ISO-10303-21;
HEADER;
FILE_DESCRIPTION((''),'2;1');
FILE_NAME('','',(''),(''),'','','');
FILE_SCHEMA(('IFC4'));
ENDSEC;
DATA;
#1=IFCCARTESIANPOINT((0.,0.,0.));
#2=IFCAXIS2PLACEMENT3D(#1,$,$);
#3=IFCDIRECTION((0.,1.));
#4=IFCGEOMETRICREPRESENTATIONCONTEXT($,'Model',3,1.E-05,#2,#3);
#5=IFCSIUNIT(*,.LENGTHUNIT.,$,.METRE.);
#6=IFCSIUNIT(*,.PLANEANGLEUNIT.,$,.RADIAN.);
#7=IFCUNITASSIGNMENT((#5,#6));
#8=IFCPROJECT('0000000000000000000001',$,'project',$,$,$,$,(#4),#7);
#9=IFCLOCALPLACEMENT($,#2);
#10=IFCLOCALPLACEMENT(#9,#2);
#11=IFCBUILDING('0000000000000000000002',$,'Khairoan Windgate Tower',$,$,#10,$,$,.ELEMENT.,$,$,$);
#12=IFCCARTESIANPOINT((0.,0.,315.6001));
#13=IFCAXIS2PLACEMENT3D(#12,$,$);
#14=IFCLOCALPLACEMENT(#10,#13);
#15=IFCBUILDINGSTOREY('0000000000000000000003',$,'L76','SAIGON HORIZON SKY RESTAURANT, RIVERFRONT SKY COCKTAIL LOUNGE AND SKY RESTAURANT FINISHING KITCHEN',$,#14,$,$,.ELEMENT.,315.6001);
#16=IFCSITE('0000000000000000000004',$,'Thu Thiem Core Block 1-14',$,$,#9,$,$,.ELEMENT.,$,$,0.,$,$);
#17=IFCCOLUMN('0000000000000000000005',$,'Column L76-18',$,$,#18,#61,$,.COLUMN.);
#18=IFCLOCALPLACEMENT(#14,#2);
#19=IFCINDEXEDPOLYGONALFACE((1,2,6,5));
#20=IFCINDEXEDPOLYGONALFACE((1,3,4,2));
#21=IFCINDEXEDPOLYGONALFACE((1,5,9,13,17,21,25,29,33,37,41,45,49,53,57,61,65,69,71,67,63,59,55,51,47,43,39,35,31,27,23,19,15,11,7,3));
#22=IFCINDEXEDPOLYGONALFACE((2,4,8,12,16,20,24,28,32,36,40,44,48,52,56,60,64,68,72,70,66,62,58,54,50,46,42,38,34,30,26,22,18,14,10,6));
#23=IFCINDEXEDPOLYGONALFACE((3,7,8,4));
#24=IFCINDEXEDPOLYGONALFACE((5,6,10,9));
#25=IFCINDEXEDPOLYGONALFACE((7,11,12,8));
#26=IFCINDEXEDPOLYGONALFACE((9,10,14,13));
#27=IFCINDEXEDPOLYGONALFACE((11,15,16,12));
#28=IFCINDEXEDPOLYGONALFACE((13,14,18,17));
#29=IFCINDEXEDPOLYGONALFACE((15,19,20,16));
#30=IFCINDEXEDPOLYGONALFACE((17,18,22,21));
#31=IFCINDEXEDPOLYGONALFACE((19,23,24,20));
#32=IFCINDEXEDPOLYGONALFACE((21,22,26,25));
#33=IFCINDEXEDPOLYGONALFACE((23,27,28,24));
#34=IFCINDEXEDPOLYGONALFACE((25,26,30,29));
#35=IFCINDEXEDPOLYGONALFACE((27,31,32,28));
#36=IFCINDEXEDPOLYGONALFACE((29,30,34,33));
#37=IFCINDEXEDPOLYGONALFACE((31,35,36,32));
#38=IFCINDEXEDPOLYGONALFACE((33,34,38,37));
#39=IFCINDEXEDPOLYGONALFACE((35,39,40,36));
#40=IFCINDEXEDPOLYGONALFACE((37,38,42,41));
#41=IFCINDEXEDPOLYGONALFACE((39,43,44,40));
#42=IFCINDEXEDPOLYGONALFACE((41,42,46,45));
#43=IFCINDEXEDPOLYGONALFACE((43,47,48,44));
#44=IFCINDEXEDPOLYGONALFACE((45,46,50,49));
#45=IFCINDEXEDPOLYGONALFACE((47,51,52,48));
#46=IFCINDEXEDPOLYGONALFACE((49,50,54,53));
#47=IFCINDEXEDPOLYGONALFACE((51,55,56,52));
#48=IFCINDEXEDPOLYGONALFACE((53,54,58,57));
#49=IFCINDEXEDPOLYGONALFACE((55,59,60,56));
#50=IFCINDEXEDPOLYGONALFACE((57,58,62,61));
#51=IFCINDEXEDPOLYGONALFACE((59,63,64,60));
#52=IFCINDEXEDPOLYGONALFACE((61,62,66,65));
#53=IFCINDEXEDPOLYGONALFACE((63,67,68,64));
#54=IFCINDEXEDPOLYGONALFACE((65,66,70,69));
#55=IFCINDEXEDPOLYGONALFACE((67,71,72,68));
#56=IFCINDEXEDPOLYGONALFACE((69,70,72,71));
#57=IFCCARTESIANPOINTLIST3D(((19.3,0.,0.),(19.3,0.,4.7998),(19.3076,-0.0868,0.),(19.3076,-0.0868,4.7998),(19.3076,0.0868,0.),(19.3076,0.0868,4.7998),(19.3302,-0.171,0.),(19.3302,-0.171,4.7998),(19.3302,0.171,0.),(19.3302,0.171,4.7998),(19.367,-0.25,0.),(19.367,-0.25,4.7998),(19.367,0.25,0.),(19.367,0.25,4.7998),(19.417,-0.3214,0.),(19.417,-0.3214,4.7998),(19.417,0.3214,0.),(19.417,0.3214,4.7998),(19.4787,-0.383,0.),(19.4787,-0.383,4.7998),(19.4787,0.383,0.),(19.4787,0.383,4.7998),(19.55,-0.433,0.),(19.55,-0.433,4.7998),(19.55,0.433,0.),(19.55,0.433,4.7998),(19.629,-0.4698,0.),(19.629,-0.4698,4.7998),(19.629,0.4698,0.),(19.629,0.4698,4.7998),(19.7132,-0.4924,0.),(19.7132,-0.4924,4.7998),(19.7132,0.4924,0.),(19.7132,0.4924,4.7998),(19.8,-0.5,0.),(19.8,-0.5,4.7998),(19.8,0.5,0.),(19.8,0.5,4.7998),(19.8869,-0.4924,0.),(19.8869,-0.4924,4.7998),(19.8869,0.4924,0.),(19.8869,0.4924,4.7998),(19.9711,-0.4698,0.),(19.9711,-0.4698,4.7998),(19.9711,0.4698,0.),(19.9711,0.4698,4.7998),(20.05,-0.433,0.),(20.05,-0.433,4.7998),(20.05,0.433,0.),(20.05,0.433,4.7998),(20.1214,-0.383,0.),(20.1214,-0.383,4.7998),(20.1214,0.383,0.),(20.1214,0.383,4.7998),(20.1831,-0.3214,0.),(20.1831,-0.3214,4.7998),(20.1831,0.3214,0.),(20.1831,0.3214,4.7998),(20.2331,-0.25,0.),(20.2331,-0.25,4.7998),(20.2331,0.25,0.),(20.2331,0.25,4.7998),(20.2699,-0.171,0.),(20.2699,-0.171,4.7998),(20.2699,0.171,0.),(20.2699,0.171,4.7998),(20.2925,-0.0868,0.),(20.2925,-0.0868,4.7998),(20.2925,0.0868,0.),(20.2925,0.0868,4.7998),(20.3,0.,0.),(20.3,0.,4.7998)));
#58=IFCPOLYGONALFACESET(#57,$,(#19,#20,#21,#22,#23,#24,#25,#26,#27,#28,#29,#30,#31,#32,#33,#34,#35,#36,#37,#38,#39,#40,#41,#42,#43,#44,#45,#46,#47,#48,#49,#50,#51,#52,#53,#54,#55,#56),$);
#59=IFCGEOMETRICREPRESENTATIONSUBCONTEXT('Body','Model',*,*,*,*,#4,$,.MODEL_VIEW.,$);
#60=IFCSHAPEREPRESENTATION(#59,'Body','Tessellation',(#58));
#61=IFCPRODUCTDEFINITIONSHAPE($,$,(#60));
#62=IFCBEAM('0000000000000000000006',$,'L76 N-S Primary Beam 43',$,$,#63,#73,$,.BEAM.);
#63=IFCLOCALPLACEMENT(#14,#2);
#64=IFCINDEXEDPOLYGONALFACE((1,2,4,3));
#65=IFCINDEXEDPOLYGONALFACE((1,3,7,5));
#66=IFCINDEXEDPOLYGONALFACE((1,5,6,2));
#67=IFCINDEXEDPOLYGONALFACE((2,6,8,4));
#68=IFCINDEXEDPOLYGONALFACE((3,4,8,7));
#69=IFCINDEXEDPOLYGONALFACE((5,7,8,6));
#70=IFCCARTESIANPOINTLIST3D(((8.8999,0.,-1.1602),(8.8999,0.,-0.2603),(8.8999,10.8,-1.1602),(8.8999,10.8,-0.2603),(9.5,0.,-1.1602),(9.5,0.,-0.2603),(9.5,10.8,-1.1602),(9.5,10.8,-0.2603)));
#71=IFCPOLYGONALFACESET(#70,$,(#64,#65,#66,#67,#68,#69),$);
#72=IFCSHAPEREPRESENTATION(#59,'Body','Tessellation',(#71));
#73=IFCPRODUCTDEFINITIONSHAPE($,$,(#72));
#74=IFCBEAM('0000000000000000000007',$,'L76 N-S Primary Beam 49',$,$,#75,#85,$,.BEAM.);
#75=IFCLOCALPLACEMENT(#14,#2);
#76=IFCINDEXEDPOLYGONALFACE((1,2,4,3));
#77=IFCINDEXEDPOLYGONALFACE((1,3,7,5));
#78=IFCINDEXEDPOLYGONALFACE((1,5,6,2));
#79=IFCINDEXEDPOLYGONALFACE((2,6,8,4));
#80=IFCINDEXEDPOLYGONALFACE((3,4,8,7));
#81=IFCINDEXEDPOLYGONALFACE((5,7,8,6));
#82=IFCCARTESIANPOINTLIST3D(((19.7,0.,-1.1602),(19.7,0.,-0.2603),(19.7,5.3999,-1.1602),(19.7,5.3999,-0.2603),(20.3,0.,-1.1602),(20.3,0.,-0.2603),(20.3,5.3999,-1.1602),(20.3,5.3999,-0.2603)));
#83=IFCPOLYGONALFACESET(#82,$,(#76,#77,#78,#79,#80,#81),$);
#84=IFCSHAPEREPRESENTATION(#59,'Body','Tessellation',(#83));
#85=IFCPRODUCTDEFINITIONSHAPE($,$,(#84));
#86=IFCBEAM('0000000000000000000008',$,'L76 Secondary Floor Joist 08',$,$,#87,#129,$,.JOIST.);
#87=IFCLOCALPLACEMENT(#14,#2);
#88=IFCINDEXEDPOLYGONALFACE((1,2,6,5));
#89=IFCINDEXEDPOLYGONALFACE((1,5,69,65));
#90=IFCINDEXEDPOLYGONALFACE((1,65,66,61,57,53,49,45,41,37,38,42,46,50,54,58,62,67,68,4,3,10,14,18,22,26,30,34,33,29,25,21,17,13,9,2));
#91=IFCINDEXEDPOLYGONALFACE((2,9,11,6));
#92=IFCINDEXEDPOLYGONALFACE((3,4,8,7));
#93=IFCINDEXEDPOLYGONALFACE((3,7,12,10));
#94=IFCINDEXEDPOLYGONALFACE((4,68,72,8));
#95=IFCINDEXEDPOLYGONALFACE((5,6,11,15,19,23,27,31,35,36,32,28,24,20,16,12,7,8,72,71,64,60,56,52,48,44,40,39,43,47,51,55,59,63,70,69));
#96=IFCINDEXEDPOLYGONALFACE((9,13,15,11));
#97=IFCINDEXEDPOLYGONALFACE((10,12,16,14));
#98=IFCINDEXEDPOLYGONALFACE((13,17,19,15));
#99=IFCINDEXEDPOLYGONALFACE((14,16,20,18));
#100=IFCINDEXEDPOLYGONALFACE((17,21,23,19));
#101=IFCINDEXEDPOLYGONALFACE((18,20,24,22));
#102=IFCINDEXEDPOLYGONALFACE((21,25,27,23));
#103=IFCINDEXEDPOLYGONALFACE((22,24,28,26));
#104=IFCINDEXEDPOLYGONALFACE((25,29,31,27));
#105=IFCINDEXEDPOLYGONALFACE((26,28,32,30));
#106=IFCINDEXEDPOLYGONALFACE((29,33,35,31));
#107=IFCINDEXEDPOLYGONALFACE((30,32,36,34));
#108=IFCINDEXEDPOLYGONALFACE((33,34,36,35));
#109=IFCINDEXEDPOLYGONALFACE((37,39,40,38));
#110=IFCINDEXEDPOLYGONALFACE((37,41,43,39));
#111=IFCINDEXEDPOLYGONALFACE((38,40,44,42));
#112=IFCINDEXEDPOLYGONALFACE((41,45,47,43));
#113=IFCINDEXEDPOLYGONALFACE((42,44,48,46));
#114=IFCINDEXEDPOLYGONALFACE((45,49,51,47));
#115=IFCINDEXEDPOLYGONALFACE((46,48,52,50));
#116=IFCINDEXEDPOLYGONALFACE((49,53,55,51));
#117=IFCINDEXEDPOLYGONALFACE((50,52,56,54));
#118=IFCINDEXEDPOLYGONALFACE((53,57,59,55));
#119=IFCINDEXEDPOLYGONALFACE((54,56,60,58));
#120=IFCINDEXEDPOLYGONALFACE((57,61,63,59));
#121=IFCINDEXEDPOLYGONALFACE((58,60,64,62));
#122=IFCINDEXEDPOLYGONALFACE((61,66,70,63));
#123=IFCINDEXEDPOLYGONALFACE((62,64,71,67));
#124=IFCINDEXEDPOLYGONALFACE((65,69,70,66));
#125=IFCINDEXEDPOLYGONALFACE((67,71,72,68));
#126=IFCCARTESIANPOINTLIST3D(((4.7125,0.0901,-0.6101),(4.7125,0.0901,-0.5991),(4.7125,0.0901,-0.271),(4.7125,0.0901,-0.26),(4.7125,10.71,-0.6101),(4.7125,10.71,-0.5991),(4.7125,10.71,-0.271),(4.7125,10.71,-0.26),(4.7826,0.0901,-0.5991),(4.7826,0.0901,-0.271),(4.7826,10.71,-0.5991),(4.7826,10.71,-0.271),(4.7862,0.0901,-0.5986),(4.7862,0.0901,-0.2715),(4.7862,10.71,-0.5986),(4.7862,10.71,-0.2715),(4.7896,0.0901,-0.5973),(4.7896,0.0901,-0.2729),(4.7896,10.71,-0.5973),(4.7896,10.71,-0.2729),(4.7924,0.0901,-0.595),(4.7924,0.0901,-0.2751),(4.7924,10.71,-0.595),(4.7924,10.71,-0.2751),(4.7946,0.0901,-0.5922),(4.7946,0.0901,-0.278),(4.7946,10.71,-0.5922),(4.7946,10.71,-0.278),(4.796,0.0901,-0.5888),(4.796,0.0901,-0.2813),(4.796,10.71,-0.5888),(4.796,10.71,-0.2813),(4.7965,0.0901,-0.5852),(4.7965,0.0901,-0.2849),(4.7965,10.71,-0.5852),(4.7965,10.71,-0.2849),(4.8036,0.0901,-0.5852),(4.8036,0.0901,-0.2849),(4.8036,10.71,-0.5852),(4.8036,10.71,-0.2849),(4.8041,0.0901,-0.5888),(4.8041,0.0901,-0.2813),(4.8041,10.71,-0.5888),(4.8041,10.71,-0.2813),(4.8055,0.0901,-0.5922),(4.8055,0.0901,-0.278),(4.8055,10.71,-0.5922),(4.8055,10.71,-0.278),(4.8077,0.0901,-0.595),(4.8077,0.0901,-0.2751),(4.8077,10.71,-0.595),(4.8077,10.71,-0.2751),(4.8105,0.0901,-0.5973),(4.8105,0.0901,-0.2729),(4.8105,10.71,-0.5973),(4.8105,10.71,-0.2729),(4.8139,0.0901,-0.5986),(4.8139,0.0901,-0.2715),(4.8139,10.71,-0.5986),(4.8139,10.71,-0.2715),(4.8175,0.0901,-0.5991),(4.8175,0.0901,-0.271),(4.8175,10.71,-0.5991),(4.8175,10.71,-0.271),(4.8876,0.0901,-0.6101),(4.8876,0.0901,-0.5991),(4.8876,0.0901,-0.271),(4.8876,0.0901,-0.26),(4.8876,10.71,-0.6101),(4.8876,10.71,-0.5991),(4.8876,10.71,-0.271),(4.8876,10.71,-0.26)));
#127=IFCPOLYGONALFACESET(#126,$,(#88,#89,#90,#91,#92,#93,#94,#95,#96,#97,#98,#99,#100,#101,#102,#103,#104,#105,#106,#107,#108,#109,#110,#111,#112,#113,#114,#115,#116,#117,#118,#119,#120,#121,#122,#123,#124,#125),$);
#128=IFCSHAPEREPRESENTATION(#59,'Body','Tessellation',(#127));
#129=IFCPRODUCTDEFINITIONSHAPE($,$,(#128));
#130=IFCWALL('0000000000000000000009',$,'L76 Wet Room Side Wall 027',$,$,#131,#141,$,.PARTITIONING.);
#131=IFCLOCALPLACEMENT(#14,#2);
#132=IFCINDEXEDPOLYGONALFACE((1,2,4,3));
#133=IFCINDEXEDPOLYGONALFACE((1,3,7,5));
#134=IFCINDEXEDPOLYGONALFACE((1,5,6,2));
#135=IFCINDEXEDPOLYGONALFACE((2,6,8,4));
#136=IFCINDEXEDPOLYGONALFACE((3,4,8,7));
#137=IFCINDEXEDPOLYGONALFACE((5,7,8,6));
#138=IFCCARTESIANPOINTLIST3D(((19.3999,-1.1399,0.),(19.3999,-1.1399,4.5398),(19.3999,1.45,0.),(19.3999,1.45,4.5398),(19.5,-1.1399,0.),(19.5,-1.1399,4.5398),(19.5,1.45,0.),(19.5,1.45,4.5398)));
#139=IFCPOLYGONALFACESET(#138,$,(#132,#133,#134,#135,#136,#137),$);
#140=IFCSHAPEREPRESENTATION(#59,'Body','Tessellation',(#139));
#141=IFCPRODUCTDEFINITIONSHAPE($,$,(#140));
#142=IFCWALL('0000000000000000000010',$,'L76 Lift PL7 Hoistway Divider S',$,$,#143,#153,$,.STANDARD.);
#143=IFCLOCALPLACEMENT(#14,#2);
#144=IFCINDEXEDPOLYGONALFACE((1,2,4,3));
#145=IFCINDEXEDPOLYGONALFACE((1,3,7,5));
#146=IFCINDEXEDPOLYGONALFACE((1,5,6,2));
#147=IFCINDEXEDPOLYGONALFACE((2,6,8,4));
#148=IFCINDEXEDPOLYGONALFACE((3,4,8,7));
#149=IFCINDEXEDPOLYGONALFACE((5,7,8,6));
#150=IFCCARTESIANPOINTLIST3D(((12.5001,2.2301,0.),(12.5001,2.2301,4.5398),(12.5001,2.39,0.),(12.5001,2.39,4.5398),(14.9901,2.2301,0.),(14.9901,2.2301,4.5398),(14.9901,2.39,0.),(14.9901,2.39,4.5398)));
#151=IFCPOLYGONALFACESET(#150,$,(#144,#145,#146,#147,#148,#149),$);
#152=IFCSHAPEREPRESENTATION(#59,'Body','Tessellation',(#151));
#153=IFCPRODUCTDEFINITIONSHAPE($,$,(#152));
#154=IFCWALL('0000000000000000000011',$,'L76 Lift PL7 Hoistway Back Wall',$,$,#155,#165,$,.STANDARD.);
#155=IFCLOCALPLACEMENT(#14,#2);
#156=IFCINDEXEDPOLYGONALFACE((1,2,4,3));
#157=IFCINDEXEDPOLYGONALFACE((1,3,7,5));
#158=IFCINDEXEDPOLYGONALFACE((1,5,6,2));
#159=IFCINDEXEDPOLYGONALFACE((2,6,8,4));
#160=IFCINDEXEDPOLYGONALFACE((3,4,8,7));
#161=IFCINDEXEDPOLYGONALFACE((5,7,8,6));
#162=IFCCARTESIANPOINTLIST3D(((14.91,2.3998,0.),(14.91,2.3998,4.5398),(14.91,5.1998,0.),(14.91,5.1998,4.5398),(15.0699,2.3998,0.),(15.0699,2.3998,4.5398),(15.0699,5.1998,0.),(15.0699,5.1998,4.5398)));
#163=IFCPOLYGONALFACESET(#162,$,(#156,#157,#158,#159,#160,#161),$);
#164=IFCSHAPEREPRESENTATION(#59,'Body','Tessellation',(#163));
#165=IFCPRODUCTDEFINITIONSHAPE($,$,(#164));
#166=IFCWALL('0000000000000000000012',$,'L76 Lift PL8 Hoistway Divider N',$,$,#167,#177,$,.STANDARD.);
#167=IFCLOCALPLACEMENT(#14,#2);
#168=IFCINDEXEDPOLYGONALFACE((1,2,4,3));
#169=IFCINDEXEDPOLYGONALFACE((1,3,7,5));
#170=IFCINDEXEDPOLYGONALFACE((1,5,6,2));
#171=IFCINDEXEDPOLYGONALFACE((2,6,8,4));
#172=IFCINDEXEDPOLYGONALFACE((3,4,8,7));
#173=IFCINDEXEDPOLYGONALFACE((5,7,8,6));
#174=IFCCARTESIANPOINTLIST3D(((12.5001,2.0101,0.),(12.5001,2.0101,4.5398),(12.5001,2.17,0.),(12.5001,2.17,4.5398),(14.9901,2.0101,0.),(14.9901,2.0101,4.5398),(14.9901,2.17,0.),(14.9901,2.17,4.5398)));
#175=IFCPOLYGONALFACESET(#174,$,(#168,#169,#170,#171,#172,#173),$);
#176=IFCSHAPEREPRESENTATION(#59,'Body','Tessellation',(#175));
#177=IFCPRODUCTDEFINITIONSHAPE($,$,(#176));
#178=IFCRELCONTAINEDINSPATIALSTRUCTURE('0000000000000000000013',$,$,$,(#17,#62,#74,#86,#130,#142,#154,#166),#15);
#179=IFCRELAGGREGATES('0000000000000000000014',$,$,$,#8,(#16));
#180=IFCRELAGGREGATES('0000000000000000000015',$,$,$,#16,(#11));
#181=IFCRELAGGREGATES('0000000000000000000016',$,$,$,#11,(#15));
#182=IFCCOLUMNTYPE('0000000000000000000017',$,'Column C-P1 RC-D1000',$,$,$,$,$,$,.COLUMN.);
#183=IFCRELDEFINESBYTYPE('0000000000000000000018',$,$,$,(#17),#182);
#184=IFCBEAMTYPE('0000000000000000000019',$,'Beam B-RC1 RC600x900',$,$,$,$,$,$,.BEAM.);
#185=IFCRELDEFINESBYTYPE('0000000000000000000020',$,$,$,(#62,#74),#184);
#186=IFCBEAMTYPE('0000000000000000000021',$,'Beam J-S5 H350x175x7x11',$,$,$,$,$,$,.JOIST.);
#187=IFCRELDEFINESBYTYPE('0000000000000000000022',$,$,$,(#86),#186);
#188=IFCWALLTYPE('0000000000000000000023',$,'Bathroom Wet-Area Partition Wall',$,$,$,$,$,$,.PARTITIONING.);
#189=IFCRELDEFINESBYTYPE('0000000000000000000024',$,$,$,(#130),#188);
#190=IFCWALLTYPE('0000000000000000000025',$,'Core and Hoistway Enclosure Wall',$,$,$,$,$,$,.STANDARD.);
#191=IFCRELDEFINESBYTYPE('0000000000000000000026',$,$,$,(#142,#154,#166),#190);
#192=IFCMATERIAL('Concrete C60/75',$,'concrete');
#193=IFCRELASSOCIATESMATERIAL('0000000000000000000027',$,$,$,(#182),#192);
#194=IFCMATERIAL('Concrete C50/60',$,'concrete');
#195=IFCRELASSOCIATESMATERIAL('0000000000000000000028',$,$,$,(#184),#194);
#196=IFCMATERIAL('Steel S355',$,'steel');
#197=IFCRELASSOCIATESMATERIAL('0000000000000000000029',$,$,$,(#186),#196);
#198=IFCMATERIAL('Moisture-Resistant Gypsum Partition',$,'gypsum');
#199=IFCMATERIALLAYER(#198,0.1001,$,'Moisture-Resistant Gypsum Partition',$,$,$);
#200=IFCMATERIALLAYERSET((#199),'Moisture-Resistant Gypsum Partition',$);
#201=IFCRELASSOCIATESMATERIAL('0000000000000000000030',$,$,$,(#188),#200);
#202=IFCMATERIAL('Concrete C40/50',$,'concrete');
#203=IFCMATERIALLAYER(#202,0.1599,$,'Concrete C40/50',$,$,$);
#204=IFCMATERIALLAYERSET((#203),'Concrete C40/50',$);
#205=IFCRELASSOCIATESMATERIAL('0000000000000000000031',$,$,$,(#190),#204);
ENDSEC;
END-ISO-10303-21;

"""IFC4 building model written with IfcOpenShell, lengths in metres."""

from ifc_helpers import new_model, si_unit, direction, frame, frame_2d, origin, origin_2d, place, context, subcontext, project, spatial, rectangle, circle, i_section, extrude, material, layer, layer_set, material_profile, profile_set, type_object, element, save


model = new_model("IFC4")

# Units and contexts
model_context = context("Model", 3, precision=1e-05, world=origin(), true_north=direction((0.0, 1.0)))
body_context = subcontext(model_context, "Body", "Model", "MODEL_VIEW")
ifc_project = project(units=[si_unit("LENGTHUNIT", "METRE"), si_unit("PLANEANGLEUNIT", "RADIAN")], contexts=[model_context])

# Site, building, storey
site_placement = place(None, origin())
site = spatial("IfcSite", under=ifc_project, at=site_placement, Name="Thu Thiem Core Block 1-14", CompositionType="ELEMENT", RefElevation=0.0)
building_placement = place(site_placement, origin())
building = spatial("IfcBuilding", under=site, at=building_placement, Name="Khairoan Windgate Tower", CompositionType="ELEMENT")
storey_placement = place(building_placement, frame((0.0, 0.0, 315.6001)))
storey = spatial("IfcBuildingStorey", under=building, at=storey_placement, Name="L76", Description="SAIGON HORIZON SKY RESTAURANT, RIVERFRONT SKY COCKTAIL LOUNGE AND SKY RESTAURANT FINISHING KITCHEN", CompositionType="ELEMENT", Elevation=315.6001)

# Column
ifc_material_1 = material(Name="Concrete C60/75", Category="concrete")
ifc_material_profile_1 = material_profile(ifc_material_1, circle(Radius=0.5, at=origin_2d()))
ifc_profile_set_1 = profile_set([ifc_material_profile_1], Name="Concrete C60/75")
column_type = type_object("IfcColumnType", Name="Column C-P1 RC-D1000", PredefinedType="COLUMN", material=ifc_profile_set_1)
column_placement = place(storey_placement, frame((19.8, 0.0, 0.0), z_axis=(0.0, 0.0, 1.0), x_axis=(1.0, 0.0, 0.0)))
element("IfcColumn", 1, at=column_placement, inside=storey, type_object=column_type, Name="Column L76-18", PredefinedType="COLUMN", context=body_context, shape_type="SweptSolid", body=[
    extrude(circle(Radius=0.5, at=origin_2d()), origin(), (0.0, 0.0, 1.0), 4.7998),
])

# Beams
ifc_material_2 = material(Name="Concrete C50/60", Category="concrete")
ifc_material_profile_2 = material_profile(ifc_material_2, rectangle(XDim=0.6001, YDim=0.8999, at=origin_2d()))
ifc_profile_set_2 = profile_set([ifc_material_profile_2], Name="Concrete C50/60")
beam_type_1 = type_object("IfcBeamType", Name="Beam B-RC1 RC600x900", PredefinedType="BEAM", material=ifc_profile_set_2)
beam_1_placement = place(storey_placement, frame((9.2, 0.0, -0.7102), z_axis=(0.0, 1.0, 0.0), x_axis=(-1.0, 0.0, 0.0)))
element("IfcBeam", 2, at=beam_1_placement, inside=storey, type_object=beam_type_1, Name="L76 N-S Primary Beam 43", PredefinedType="BEAM", context=body_context, shape_type="SweptSolid", body=[
    extrude(rectangle(XDim=0.6001, YDim=0.8999, at=origin_2d()), origin(), (0.0, 0.0, 1.0), 10.8),
])
beam_2_placement = place(storey_placement, frame((20.0, 0.0, -0.7102), z_axis=(0.0, 1.0, 0.0), x_axis=(-1.0, 0.0, 0.0)))
element("IfcBeam", 3, at=beam_2_placement, inside=storey, type_object=beam_type_1, Name="L76 N-S Primary Beam 49", PredefinedType="BEAM", context=body_context, shape_type="SweptSolid", body=[
    extrude(rectangle(XDim=0.6001, YDim=0.8999, at=origin_2d()), origin(), (0.0, 0.0, 1.0), 5.3999),
])
ifc_material_3 = material(Name="Steel S355", Category="steel")
ifc_material_profile_3 = material_profile(ifc_material_3, i_section(OverallWidth=0.175, OverallDepth=0.3501, WebThickness=0.0071, FlangeThickness=0.011, FilletRadius=0.0139, at=origin_2d()))
ifc_profile_set_3 = profile_set([ifc_material_profile_3], Name="Steel S355")
beam_type_2 = type_object("IfcBeamType", Name="Beam J-S5 H350x175x7x11", PredefinedType="JOIST", material=ifc_profile_set_3)
beam_3_placement = place(storey_placement, frame((4.8, 0.0901, -0.4351), z_axis=(0.0, 1.0, 0.0), x_axis=(-1.0, 0.0, 0.0)))
element("IfcBeam", 4, at=beam_3_placement, inside=storey, type_object=beam_type_2, Name="L76 Secondary Floor Joist 08", PredefinedType="JOIST", context=body_context, shape_type="SweptSolid", body=[
    extrude(i_section(OverallWidth=0.175, OverallDepth=0.3501, WebThickness=0.0071, FlangeThickness=0.011, FilletRadius=0.0139, at=origin_2d()), origin(), (0.0, 0.0, 1.0), 10.6199),
])

# Walls
ifc_material_4 = material(Name="Moisture-Resistant Gypsum Partition", Category="gypsum")
ifc_layer_1 = layer(ifc_material_4, 0.1001, Name="Moisture-Resistant Gypsum Partition")
ifc_layer_set_1 = layer_set([ifc_layer_1], Name="Moisture-Resistant Gypsum Partition")
wall_type_1 = type_object("IfcWallType", Name="Bathroom Wet-Area Partition Wall", PredefinedType="PARTITIONING", material=ifc_layer_set_1)
wall_1_placement = place(storey_placement, frame((19.45, 1.45, 0.0), z_axis=(0.0, 0.0, 1.0), x_axis=(0.0, -1.0, 0.0)))
element("IfcWall", 5, at=wall_1_placement, inside=storey, type_object=wall_type_1, Name="L76 Wet Room Side Wall 027", PredefinedType="PARTITIONING", context=body_context, shape_type="SweptSolid", body=[
    extrude(rectangle(XDim=2.5898, YDim=0.1001, at=frame_2d((1.2949, 0.0))), origin(), (0.0, 0.0, 1.0), 4.5398),
])
ifc_material_5 = material(Name="Concrete C40/50", Category="concrete")
ifc_layer_2 = layer(ifc_material_5, 0.1599, Name="Concrete C40/50")
ifc_layer_set_2 = layer_set([ifc_layer_2], Name="Concrete C40/50")
wall_type_2 = type_object("IfcWallType", Name="Core and Hoistway Enclosure Wall", PredefinedType="STANDARD", material=ifc_layer_set_2)
wall_2_placement = place(storey_placement, frame((12.5, 2.3101, 0.0), z_axis=(0.0, 0.0, 1.0), x_axis=(1.0, 0.0, 0.0)))
element("IfcWall", 6, at=wall_2_placement, inside=storey, type_object=wall_type_2, Name="L76 Lift PL7 Hoistway Divider S", PredefinedType="STANDARD", context=body_context, shape_type="SweptSolid", body=[
    extrude(rectangle(XDim=2.49, YDim=0.1599, at=frame_2d((1.2451, 0.0))), origin(), (0.0, 0.0, 1.0), 4.5398),
])
wall_3_placement = place(storey_placement, frame((14.99, 2.3999, 0.0), z_axis=(0.0, 0.0, 1.0), x_axis=(0.0, 1.0, 0.0)))
element("IfcWall", 7, at=wall_3_placement, inside=storey, type_object=wall_type_2, Name="L76 Lift PL7 Hoistway Back Wall", PredefinedType="STANDARD", context=body_context, shape_type="SweptSolid", body=[
    extrude(rectangle(XDim=2.8, YDim=0.1599, at=frame_2d((1.3999, 0.0))), origin(), (0.0, 0.0, 1.0), 4.5398),
])
wall_4_placement = place(storey_placement, frame((12.5, 2.0901, 0.0), z_axis=(0.0, 0.0, 1.0), x_axis=(1.0, 0.0, 0.0)))
element("IfcWall", 8, at=wall_4_placement, inside=storey, type_object=wall_type_2, Name="L76 Lift PL8 Hoistway Divider N", PredefinedType="STANDARD", context=body_context, shape_type="SweptSolid", body=[
    extrude(rectangle(XDim=2.49, YDim=0.1599, at=frame_2d((1.2451, 0.0))), origin(), (0.0, 0.0, 1.0), 4.5398),
])

save(model, "model.ifc")
